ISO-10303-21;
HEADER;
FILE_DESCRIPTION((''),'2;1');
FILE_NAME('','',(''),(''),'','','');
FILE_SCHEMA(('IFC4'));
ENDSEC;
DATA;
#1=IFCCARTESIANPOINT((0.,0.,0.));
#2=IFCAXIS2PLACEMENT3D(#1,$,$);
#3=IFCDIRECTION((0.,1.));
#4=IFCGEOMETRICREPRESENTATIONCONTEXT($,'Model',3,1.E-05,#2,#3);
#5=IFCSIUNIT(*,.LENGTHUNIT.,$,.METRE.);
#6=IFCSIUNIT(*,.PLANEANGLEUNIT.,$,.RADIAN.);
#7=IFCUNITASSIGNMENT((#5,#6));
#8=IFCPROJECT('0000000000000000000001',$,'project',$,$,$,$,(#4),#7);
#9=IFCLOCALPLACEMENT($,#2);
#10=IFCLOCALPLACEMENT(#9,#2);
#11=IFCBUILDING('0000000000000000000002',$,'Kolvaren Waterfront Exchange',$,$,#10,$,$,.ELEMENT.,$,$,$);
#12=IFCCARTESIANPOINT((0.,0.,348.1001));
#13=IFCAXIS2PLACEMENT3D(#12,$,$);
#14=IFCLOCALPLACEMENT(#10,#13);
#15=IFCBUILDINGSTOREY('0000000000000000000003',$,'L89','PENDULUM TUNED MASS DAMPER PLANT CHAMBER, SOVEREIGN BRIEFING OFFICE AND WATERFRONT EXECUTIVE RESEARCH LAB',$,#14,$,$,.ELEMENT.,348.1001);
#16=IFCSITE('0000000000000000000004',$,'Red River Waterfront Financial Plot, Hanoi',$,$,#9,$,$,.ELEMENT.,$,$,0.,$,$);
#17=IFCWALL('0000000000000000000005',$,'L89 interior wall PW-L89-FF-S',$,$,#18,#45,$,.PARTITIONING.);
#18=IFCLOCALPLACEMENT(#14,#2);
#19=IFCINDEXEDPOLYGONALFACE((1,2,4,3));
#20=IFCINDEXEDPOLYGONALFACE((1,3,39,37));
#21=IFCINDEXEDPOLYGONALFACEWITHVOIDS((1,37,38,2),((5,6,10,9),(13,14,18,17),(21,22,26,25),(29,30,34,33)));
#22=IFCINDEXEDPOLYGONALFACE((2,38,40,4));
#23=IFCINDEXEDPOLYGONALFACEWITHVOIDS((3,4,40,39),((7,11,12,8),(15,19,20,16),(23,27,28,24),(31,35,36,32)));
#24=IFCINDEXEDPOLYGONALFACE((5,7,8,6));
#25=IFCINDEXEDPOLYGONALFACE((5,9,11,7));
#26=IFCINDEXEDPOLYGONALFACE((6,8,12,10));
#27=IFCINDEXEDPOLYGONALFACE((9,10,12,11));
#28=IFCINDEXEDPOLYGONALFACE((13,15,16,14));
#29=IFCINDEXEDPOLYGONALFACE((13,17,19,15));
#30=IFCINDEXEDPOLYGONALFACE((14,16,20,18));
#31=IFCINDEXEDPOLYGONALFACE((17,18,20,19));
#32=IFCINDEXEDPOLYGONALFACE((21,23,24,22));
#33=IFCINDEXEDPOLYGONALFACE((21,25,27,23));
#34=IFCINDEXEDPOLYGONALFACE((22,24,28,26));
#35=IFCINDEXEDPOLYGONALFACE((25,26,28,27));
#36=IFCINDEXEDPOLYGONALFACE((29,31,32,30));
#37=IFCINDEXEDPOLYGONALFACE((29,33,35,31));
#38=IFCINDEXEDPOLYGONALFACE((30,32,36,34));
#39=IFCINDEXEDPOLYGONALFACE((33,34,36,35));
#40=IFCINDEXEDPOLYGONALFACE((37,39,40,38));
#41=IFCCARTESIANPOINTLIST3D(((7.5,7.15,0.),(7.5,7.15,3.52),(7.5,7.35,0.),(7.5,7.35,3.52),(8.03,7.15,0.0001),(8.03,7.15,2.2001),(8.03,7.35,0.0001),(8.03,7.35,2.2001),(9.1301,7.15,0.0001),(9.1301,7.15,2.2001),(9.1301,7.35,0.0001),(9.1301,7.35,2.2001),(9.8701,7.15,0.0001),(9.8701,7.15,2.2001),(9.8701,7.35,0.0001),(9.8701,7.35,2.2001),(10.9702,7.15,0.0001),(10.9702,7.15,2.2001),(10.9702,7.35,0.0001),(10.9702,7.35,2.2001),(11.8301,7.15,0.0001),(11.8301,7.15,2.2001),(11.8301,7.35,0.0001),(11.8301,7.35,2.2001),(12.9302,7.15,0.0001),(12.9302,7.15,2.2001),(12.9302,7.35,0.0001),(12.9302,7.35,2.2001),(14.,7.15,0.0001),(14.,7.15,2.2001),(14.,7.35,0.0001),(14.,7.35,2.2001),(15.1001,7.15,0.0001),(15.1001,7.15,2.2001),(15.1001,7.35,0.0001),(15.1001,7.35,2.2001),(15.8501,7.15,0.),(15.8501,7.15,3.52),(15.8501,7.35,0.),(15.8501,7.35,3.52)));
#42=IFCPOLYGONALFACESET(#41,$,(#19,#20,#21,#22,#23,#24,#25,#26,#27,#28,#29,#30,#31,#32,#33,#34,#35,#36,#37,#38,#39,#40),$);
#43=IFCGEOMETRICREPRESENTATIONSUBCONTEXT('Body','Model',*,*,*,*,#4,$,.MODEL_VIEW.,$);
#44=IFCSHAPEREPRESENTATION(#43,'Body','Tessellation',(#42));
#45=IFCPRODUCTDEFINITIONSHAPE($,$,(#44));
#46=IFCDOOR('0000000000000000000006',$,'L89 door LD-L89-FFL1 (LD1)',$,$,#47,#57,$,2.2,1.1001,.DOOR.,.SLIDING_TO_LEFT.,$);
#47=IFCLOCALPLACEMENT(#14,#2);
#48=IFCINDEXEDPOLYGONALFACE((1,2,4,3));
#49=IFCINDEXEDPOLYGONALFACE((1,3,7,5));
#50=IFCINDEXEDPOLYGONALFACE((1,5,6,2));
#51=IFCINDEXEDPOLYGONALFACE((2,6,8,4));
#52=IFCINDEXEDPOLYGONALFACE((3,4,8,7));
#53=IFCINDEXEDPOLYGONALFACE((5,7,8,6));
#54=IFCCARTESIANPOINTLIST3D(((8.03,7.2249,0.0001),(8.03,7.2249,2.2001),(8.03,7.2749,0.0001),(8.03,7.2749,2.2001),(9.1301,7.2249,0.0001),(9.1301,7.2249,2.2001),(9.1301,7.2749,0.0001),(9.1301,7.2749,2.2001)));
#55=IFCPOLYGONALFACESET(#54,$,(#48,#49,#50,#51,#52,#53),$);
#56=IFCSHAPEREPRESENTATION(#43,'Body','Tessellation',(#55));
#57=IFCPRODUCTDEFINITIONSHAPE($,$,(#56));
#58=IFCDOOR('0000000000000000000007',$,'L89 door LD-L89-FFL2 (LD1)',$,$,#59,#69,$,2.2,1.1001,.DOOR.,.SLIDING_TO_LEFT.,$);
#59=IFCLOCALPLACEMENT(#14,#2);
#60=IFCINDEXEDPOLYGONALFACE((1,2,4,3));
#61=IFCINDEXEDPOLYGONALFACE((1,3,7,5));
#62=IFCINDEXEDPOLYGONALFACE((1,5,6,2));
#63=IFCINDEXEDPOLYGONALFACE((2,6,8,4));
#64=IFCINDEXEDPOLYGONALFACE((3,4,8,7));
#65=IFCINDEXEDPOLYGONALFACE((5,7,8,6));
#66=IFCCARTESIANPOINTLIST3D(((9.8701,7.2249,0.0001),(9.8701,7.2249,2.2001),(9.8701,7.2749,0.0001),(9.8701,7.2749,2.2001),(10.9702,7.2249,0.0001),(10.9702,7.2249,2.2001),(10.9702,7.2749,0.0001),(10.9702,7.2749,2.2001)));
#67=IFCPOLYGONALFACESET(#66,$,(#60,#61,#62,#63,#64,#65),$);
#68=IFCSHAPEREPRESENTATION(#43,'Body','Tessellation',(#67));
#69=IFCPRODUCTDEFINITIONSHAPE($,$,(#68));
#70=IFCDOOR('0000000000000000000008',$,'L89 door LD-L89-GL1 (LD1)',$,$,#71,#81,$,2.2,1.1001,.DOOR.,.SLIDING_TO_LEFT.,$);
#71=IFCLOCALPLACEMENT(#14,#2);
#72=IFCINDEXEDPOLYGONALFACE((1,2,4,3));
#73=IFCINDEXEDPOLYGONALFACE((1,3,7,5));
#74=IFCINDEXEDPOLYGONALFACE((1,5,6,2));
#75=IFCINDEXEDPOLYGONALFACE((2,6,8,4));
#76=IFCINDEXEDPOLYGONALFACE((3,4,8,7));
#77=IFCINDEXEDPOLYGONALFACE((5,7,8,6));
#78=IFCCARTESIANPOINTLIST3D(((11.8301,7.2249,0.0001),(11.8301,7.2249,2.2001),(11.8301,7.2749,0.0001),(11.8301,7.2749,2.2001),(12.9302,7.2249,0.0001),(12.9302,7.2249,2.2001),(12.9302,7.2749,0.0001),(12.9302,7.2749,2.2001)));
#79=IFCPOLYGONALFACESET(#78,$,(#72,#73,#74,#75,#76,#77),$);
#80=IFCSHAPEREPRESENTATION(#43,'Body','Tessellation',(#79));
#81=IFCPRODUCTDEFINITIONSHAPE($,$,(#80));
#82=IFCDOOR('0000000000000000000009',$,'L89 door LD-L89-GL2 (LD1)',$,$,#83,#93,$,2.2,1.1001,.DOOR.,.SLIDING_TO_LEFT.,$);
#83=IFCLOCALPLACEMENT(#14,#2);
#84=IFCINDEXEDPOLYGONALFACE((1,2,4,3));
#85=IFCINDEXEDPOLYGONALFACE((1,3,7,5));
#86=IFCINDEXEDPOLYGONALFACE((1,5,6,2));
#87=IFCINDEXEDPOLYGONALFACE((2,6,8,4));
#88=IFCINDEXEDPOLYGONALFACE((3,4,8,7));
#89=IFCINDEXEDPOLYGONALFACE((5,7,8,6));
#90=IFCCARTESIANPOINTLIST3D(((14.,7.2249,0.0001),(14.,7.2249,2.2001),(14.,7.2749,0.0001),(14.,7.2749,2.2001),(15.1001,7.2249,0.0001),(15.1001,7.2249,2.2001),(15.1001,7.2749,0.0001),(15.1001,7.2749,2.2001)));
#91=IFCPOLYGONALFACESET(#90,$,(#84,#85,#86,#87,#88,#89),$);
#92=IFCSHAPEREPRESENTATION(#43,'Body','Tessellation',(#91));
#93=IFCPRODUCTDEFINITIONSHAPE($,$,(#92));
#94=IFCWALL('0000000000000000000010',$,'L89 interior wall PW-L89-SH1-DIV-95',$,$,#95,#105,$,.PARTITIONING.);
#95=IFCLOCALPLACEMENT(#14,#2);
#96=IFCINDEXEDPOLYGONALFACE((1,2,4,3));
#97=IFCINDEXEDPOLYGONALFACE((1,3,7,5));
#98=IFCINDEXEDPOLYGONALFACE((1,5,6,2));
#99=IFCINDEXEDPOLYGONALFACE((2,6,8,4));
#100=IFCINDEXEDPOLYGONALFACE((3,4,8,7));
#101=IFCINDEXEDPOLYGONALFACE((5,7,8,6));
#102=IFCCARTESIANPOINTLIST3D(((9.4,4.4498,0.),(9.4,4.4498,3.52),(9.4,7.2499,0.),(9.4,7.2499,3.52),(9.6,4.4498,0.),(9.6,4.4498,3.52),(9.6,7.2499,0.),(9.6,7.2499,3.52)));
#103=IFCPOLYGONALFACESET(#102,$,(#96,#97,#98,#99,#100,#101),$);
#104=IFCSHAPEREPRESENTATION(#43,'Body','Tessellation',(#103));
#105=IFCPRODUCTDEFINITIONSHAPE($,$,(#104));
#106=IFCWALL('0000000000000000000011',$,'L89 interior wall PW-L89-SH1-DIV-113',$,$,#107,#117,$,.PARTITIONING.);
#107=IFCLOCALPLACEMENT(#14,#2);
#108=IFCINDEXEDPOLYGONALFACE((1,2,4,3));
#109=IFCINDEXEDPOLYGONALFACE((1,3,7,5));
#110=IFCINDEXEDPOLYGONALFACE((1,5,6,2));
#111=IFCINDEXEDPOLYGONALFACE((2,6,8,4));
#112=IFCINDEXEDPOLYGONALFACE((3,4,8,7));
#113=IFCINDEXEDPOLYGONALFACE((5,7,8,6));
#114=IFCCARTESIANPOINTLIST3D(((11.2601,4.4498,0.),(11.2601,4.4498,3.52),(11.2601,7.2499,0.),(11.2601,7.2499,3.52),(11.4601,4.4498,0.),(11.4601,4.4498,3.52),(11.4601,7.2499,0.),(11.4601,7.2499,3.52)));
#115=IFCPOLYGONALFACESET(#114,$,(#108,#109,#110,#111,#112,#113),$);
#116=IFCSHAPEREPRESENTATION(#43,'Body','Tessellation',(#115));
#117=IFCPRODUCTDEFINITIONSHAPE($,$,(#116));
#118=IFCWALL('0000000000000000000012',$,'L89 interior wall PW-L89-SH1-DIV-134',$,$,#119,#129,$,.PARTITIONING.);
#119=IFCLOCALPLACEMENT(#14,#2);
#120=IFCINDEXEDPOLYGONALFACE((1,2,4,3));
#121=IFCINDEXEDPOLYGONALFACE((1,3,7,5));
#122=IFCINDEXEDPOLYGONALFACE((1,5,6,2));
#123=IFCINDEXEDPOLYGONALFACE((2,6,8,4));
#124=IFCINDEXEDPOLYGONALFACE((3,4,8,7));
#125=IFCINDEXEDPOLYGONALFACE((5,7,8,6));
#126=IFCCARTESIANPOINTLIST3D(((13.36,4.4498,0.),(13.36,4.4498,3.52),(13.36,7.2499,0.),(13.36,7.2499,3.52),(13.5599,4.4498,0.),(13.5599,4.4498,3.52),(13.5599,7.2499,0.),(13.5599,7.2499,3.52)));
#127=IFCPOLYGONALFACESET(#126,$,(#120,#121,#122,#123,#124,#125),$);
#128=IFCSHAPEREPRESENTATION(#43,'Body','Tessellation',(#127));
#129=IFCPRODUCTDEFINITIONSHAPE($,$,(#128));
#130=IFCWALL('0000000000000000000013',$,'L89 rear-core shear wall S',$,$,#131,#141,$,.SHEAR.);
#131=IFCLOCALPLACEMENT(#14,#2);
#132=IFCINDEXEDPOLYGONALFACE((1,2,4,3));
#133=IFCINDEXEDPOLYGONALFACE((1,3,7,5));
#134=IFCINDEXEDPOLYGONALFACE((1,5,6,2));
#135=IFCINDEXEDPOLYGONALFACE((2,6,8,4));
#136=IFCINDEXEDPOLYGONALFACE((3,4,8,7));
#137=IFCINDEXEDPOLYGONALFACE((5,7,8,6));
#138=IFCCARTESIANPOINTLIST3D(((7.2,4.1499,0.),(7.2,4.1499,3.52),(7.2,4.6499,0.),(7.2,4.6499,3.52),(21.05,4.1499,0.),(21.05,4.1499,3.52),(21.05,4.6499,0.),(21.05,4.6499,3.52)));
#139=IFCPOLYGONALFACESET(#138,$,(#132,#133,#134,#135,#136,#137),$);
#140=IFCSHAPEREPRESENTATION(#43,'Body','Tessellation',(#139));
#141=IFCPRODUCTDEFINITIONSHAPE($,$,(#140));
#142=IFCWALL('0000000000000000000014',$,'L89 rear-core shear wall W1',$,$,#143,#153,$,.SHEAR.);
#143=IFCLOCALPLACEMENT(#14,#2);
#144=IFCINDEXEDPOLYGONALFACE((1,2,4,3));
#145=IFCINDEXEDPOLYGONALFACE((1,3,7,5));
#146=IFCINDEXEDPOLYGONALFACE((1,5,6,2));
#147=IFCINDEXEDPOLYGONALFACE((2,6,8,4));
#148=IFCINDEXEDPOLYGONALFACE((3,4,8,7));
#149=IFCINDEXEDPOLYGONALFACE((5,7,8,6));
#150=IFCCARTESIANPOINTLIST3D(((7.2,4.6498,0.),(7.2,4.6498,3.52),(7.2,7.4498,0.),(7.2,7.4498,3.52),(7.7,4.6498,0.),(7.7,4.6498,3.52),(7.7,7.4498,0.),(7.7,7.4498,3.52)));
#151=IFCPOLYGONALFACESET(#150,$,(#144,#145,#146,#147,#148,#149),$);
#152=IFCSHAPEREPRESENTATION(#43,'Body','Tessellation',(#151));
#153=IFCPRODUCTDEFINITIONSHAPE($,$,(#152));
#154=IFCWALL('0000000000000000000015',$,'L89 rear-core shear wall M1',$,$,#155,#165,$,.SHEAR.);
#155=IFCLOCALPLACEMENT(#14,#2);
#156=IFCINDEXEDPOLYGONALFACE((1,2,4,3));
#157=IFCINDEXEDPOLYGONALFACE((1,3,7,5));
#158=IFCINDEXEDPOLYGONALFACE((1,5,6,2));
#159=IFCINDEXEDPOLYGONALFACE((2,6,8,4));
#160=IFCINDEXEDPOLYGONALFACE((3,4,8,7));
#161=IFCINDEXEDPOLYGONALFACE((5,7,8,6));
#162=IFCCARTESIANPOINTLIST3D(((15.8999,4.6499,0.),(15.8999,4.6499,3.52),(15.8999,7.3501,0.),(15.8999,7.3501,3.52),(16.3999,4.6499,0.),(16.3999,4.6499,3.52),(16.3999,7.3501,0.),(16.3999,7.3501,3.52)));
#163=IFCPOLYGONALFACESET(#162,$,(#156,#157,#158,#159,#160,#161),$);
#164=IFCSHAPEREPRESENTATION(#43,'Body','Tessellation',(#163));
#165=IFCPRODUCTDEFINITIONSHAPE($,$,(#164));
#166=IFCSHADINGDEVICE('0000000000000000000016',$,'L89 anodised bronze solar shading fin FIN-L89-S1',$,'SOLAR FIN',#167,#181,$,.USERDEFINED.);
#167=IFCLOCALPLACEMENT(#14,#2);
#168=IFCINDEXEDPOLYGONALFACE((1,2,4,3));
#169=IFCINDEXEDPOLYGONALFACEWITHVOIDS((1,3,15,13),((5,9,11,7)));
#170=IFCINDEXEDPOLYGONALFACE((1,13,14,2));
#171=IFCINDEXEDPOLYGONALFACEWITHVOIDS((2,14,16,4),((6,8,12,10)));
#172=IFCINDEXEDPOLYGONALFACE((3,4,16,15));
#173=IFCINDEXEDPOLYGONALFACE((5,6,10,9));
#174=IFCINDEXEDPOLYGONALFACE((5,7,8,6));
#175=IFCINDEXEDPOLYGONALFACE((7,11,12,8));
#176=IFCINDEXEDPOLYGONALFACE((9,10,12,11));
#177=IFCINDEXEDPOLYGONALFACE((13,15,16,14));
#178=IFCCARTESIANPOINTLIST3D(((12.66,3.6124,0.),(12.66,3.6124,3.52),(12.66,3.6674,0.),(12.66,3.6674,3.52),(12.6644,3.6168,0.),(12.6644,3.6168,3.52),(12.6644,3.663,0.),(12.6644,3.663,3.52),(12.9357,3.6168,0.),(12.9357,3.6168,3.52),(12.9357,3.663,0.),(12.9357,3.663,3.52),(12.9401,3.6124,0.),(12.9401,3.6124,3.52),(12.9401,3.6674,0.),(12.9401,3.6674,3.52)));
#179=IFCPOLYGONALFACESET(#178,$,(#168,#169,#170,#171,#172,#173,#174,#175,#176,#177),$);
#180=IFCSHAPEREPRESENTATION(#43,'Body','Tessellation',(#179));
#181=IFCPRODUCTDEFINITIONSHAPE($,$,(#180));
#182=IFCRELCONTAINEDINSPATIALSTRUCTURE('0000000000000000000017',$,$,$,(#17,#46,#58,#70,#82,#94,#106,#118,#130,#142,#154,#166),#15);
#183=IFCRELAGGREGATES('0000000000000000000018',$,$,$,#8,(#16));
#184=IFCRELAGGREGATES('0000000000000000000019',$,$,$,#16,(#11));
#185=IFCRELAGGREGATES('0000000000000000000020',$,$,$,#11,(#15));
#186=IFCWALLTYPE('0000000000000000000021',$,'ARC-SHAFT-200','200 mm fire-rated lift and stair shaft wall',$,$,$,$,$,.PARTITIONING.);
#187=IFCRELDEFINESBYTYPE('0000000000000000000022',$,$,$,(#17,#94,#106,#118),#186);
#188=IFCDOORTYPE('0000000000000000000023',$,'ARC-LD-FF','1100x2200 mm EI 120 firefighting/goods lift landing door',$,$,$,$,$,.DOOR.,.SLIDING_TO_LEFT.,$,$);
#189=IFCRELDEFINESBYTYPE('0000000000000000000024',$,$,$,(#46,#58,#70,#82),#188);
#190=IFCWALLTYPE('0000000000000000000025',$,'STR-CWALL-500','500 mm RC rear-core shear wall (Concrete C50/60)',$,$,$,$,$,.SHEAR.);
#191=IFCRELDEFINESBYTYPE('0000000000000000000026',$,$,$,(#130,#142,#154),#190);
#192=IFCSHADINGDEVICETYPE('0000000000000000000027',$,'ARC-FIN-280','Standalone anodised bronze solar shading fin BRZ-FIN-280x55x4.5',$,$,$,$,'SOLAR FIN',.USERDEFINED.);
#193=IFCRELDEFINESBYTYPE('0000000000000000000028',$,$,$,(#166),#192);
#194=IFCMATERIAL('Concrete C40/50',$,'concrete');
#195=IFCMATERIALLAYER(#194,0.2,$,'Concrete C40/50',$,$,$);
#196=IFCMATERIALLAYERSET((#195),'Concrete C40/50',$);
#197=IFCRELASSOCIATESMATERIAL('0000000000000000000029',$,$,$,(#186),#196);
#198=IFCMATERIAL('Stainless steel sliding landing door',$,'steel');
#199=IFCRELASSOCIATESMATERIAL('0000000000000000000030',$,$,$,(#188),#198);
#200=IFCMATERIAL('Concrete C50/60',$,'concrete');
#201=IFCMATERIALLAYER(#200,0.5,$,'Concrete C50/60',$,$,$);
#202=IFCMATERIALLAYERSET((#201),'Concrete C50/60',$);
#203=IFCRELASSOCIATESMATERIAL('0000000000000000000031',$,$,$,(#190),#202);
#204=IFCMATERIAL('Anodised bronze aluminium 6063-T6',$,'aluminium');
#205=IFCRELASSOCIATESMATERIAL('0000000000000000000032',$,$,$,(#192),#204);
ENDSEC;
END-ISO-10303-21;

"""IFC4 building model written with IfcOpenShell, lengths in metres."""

from ifc_helpers import new_model, si_unit, direction, frame, frame_2d, origin, origin_2d, place, context, subcontext, project, spatial, rectangle, hollow_rectangle, extrude, material, layer, layer_set, material_profile, profile_set, type_object, element, fill, save


model = new_model("IFC4")

# Units and contexts
model_context = context("Model", 3, precision=1e-05, world=origin(), true_north=direction((0.0, 1.0)))
body_context = subcontext(model_context, "Body", "Model", "MODEL_VIEW")
ifc_project = project(units=[si_unit("LENGTHUNIT", "METRE"), si_unit("PLANEANGLEUNIT", "RADIAN")], contexts=[model_context])

# Site, building, storey
site_placement = place(None, origin())
site = spatial("IfcSite", under=ifc_project, at=site_placement, Name="Red River Waterfront Financial Plot, Hanoi", CompositionType="ELEMENT", RefElevation=0.0)
building_placement = place(site_placement, origin())
building = spatial("IfcBuilding", under=site, at=building_placement, Name="Kolvaren Waterfront Exchange", CompositionType="ELEMENT")
storey_placement = place(building_placement, frame((0.0, 0.0, 348.1001)))
storey = spatial("IfcBuildingStorey", under=building, at=storey_placement, Name="L89", Description="PENDULUM TUNED MASS DAMPER PLANT CHAMBER, SOVEREIGN BRIEFING OFFICE AND WATERFRONT EXECUTIVE RESEARCH LAB", CompositionType="ELEMENT", Elevation=348.1001)

# Shared definitions
ifc_material_1 = material(Name="Concrete C50/60", Category="concrete")

# Shared definitions
ifc_material_2 = material(Name="Anodised bronze aluminium 6063-T6", Category="aluminium")

# Shared definitions
ifc_material_3 = material(Name="Concrete C40/50", Category="concrete")
ifc_layer_1 = layer(ifc_material_3, 0.2, Name="Concrete C40/50")
ifc_layer_set_1 = layer_set([ifc_layer_1], Name="Concrete C40/50")
wall_type_1 = type_object("IfcWallType", Name="ARC-SHAFT-200", Description="200 mm fire-rated lift and stair shaft wall", PredefinedType="PARTITIONING", material=ifc_layer_set_1)

# Wall, openings, doors
wall_1_placement = place(storey_placement, frame((7.5, 7.25, 0.0), z_axis=(0.0, 0.0, 1.0), x_axis=(1.0, 0.0, 0.0)))
wall_1 = element("IfcWall", 1, at=wall_1_placement, inside=storey, type_object=wall_type_1, Name="L89 interior wall PW-L89-FF-S", PredefinedType="PARTITIONING", context=body_context, shape_type="SweptSolid", body=[
    extrude(rectangle(XDim=8.3501, YDim=0.2, at=frame_2d((4.175, 0.0))), origin(), (0.0, 0.0, 1.0), 3.52),
])
opening_1_placement = place(wall_1_placement, frame((0.53, 0.0, 0.0)))
opening_1 = element("IfcOpeningElement", 2, at=opening_1_placement, cuts=wall_1, PredefinedType="OPENING", context=body_context, shape_type="SweptSolid", body=[
    extrude(rectangle(XDim=1.1001, YDim=2.2, at=frame_2d((0.55, 1.1001))), frame((0.0, 0.1099, 0.0), z_axis=(0.0, -1.0, 0.0), x_axis=(1.0, 0.0, 0.0)), (0.0, 0.0, 1.0), 0.22),
])
opening_2_placement = place(wall_1_placement, frame((2.3701, 0.0, 0.0)))
opening_2 = element("IfcOpeningElement", 3, at=opening_2_placement, cuts=wall_1, PredefinedType="OPENING", context=body_context, shape_type="SweptSolid", body=[
    extrude(rectangle(XDim=1.1001, YDim=2.2, at=frame_2d((0.55, 1.1001))), frame((0.0, 0.1099, 0.0), z_axis=(0.0, -1.0, 0.0), x_axis=(1.0, 0.0, 0.0)), (0.0, 0.0, 1.0), 0.22),
])
opening_3_placement = place(wall_1_placement, frame((4.3301, 0.0, 0.0)))
opening_3 = element("IfcOpeningElement", 4, at=opening_3_placement, cuts=wall_1, PredefinedType="OPENING", context=body_context, shape_type="SweptSolid", body=[
    extrude(rectangle(XDim=1.1001, YDim=2.2, at=frame_2d((0.55, 1.1001))), frame((0.0, 0.1099, 0.0), z_axis=(0.0, -1.0, 0.0), x_axis=(1.0, 0.0, 0.0)), (0.0, 0.0, 1.0), 0.22),
])
opening_4_placement = place(wall_1_placement, frame((6.5, 0.0, 0.0)))
opening_4 = element("IfcOpeningElement", 5, at=opening_4_placement, cuts=wall_1, PredefinedType="OPENING", context=body_context, shape_type="SweptSolid", body=[
    extrude(rectangle(XDim=1.1001, YDim=2.2, at=frame_2d((0.55, 1.1001))), frame((0.0, 0.1099, 0.0), z_axis=(0.0, -1.0, 0.0), x_axis=(1.0, 0.0, 0.0)), (0.0, 0.0, 1.0), 0.22),
])
ifc_material_4 = material(Name="Stainless steel sliding landing door", Category="steel")
door_type = type_object("IfcDoorType", Name="ARC-LD-FF", Description="1100x2200 mm EI 120 firefighting/goods lift landing door", OperationType="SLIDING_TO_LEFT", PredefinedType="DOOR", material=ifc_material_4)
door_1_placement = place(opening_1_placement, origin())
door_1 = element("IfcDoor", 6, at=door_1_placement, inside=storey, type_object=door_type, Name="L89 door LD-L89-FFL1 (LD1)", OperationType="SLIDING_TO_LEFT", OverallHeight=2.2, OverallWidth=1.1001, PredefinedType="DOOR", context=body_context, shape_type="SweptSolid", body=[
    extrude(rectangle(XDim=1.1001, YDim=2.2, at=frame_2d((0.55, 1.1001))), frame((0.0, 0.0249, 0.0), z_axis=(0.0, -1.0, 0.0), x_axis=(1.0, 0.0, 0.0)), (0.0, 0.0, 1.0), 0.05),
])
fill(opening_1, door_1)
door_2_placement = place(opening_2_placement, origin())
door_2 = element("IfcDoor", 7, at=door_2_placement, inside=storey, type_object=door_type, Name="L89 door LD-L89-FFL2 (LD1)", OperationType="SLIDING_TO_LEFT", OverallHeight=2.2, OverallWidth=1.1001, PredefinedType="DOOR", context=body_context, shape_type="SweptSolid", body=[
    extrude(rectangle(XDim=1.1001, YDim=2.2, at=frame_2d((0.55, 1.1001))), frame((0.0, 0.0249, 0.0), z_axis=(0.0, -1.0, 0.0), x_axis=(1.0, 0.0, 0.0)), (0.0, 0.0, 1.0), 0.05),
])
fill(opening_2, door_2)
door_3_placement = place(opening_3_placement, origin())
door_3 = element("IfcDoor", 8, at=door_3_placement, inside=storey, type_object=door_type, Name="L89 door LD-L89-GL1 (LD1)", OperationType="SLIDING_TO_LEFT", OverallHeight=2.2, OverallWidth=1.1001, PredefinedType="DOOR", context=body_context, shape_type="SweptSolid", body=[
    extrude(rectangle(XDim=1.1001, YDim=2.2, at=frame_2d((0.55, 1.1001))), frame((0.0, 0.0249, 0.0), z_axis=(0.0, -1.0, 0.0), x_axis=(1.0, 0.0, 0.0)), (0.0, 0.0, 1.0), 0.05),
])
fill(opening_3, door_3)
door_4_placement = place(opening_4_placement, origin())
door_4 = element("IfcDoor", 9, at=door_4_placement, inside=storey, type_object=door_type, Name="L89 door LD-L89-GL2 (LD1)", OperationType="SLIDING_TO_LEFT", OverallHeight=2.2, OverallWidth=1.1001, PredefinedType="DOOR", context=body_context, shape_type="SweptSolid", body=[
    extrude(rectangle(XDim=1.1001, YDim=2.2, at=frame_2d((0.55, 1.1001))), frame((0.0, 0.0249, 0.0), z_axis=(0.0, -1.0, 0.0), x_axis=(1.0, 0.0, 0.0)), (0.0, 0.0, 1.0), 0.05),
])
fill(opening_4, door_4)

# Walls
for number, where, z_axis, x_axis, name in (
    (10, (9.5, 4.45, 0.0), (0.0, 0.0, 1.0), (0.0, 1.0, 0.0), "L89 interior wall PW-L89-SH1-DIV-95"),
    (11, (11.3601, 4.45, 0.0), (0.0, 0.0, 1.0), (0.0, 1.0, 0.0), "L89 interior wall PW-L89-SH1-DIV-113"),
    (12, (13.46, 4.45, 0.0), (0.0, 0.0, 1.0), (0.0, 1.0, 0.0), "L89 interior wall PW-L89-SH1-DIV-134"),
):
    element("IfcWall", number, at=place(storey_placement, frame(where, z_axis=z_axis, x_axis=x_axis)), inside=storey, type_object=wall_type_1, Name=name, PredefinedType="PARTITIONING", context=body_context, shape_type="SweptSolid", body=[
        extrude(rectangle(XDim=2.8, YDim=0.2, at=frame_2d((1.3999, 0.0))), origin(), (0.0, 0.0, 1.0), 3.52),
    ])
ifc_layer_2 = layer(ifc_material_1, 0.5, Name="Concrete C50/60")
ifc_layer_set_2 = layer_set([ifc_layer_2], Name="Concrete C50/60")
wall_type_2 = type_object("IfcWallType", Name="STR-CWALL-500", Description="500 mm RC rear-core shear wall (Concrete C50/60)", PredefinedType="SHEAR", material=ifc_layer_set_2)
wall_2_placement = place(storey_placement, frame((7.2, 4.3999, 0.0), z_axis=(0.0, 0.0, 1.0), x_axis=(1.0, 0.0, 0.0)))
element("IfcWall", 13, at=wall_2_placement, inside=storey, type_object=wall_type_2, Name="L89 rear-core shear wall S", PredefinedType="SHEAR", context=body_context, shape_type="SweptSolid", body=[
    extrude(rectangle(XDim=13.8501, YDim=0.5, at=frame_2d((6.925, 0.0))), origin(), (0.0, 0.0, 1.0), 3.52),
])
wall_3_placement = place(storey_placement, frame((7.45, 4.6499, 0.0), z_axis=(0.0, 0.0, 1.0), x_axis=(0.0, 1.0, 0.0)))
element("IfcWall", 14, at=wall_3_placement, inside=storey, type_object=wall_type_2, Name="L89 rear-core shear wall W1", PredefinedType="SHEAR", context=body_context, shape_type="SweptSolid", body=[
    extrude(rectangle(XDim=2.8, YDim=0.5, at=frame_2d((1.3999, 0.0))), origin(), (0.0, 0.0, 1.0), 3.52),
])
wall_4_placement = place(storey_placement, frame((16.1499, 4.6499, 0.0), z_axis=(0.0, 0.0, 1.0), x_axis=(0.0, 1.0, 0.0)))
element("IfcWall", 15, at=wall_4_placement, inside=storey, type_object=wall_type_2, Name="L89 rear-core shear wall M1", PredefinedType="SHEAR", context=body_context, shape_type="SweptSolid", body=[
    extrude(rectangle(XDim=2.7002, YDim=0.5, at=frame_2d((1.3501, 0.0))), origin(), (0.0, 0.0, 1.0), 3.52),
])

# Shading device
ifc_material_profile_1 = material_profile(ifc_material_2, hollow_rectangle(XDim=0.0549, YDim=0.28, WallThickness=0.0044, at=origin_2d()), Name="BRZ-FIN-280x55x4.5")
ifc_profile_set_1 = profile_set([ifc_material_profile_1], Name="Anodised bronze aluminium 6063-T6")
shading_device_type = type_object("IfcShadingDeviceType", Name="ARC-FIN-280", Description="Standalone anodised bronze solar shading fin BRZ-FIN-280x55x4.5", ElementType="SOLAR FIN", PredefinedType="USERDEFINED", material=ifc_profile_set_1)
shading_device_placement = place(storey_placement, frame((12.8, 3.6399, 0.0), z_axis=(0.0, 0.0, 1.0), x_axis=(0.0, -1.0, 0.0)))
element("IfcShadingDevice", 16, at=shading_device_placement, inside=storey, type_object=shading_device_type, Name="L89 anodised bronze solar shading fin FIN-L89-S1", ObjectType="SOLAR FIN", PredefinedType="USERDEFINED", context=body_context, shape_type="SweptSolid", body=[
    extrude(hollow_rectangle(XDim=0.0549, YDim=0.28, WallThickness=0.0044, at=origin_2d()), origin(), (0.0, 0.0, 1.0), 3.52),
])

save(model, "model.ifc")
